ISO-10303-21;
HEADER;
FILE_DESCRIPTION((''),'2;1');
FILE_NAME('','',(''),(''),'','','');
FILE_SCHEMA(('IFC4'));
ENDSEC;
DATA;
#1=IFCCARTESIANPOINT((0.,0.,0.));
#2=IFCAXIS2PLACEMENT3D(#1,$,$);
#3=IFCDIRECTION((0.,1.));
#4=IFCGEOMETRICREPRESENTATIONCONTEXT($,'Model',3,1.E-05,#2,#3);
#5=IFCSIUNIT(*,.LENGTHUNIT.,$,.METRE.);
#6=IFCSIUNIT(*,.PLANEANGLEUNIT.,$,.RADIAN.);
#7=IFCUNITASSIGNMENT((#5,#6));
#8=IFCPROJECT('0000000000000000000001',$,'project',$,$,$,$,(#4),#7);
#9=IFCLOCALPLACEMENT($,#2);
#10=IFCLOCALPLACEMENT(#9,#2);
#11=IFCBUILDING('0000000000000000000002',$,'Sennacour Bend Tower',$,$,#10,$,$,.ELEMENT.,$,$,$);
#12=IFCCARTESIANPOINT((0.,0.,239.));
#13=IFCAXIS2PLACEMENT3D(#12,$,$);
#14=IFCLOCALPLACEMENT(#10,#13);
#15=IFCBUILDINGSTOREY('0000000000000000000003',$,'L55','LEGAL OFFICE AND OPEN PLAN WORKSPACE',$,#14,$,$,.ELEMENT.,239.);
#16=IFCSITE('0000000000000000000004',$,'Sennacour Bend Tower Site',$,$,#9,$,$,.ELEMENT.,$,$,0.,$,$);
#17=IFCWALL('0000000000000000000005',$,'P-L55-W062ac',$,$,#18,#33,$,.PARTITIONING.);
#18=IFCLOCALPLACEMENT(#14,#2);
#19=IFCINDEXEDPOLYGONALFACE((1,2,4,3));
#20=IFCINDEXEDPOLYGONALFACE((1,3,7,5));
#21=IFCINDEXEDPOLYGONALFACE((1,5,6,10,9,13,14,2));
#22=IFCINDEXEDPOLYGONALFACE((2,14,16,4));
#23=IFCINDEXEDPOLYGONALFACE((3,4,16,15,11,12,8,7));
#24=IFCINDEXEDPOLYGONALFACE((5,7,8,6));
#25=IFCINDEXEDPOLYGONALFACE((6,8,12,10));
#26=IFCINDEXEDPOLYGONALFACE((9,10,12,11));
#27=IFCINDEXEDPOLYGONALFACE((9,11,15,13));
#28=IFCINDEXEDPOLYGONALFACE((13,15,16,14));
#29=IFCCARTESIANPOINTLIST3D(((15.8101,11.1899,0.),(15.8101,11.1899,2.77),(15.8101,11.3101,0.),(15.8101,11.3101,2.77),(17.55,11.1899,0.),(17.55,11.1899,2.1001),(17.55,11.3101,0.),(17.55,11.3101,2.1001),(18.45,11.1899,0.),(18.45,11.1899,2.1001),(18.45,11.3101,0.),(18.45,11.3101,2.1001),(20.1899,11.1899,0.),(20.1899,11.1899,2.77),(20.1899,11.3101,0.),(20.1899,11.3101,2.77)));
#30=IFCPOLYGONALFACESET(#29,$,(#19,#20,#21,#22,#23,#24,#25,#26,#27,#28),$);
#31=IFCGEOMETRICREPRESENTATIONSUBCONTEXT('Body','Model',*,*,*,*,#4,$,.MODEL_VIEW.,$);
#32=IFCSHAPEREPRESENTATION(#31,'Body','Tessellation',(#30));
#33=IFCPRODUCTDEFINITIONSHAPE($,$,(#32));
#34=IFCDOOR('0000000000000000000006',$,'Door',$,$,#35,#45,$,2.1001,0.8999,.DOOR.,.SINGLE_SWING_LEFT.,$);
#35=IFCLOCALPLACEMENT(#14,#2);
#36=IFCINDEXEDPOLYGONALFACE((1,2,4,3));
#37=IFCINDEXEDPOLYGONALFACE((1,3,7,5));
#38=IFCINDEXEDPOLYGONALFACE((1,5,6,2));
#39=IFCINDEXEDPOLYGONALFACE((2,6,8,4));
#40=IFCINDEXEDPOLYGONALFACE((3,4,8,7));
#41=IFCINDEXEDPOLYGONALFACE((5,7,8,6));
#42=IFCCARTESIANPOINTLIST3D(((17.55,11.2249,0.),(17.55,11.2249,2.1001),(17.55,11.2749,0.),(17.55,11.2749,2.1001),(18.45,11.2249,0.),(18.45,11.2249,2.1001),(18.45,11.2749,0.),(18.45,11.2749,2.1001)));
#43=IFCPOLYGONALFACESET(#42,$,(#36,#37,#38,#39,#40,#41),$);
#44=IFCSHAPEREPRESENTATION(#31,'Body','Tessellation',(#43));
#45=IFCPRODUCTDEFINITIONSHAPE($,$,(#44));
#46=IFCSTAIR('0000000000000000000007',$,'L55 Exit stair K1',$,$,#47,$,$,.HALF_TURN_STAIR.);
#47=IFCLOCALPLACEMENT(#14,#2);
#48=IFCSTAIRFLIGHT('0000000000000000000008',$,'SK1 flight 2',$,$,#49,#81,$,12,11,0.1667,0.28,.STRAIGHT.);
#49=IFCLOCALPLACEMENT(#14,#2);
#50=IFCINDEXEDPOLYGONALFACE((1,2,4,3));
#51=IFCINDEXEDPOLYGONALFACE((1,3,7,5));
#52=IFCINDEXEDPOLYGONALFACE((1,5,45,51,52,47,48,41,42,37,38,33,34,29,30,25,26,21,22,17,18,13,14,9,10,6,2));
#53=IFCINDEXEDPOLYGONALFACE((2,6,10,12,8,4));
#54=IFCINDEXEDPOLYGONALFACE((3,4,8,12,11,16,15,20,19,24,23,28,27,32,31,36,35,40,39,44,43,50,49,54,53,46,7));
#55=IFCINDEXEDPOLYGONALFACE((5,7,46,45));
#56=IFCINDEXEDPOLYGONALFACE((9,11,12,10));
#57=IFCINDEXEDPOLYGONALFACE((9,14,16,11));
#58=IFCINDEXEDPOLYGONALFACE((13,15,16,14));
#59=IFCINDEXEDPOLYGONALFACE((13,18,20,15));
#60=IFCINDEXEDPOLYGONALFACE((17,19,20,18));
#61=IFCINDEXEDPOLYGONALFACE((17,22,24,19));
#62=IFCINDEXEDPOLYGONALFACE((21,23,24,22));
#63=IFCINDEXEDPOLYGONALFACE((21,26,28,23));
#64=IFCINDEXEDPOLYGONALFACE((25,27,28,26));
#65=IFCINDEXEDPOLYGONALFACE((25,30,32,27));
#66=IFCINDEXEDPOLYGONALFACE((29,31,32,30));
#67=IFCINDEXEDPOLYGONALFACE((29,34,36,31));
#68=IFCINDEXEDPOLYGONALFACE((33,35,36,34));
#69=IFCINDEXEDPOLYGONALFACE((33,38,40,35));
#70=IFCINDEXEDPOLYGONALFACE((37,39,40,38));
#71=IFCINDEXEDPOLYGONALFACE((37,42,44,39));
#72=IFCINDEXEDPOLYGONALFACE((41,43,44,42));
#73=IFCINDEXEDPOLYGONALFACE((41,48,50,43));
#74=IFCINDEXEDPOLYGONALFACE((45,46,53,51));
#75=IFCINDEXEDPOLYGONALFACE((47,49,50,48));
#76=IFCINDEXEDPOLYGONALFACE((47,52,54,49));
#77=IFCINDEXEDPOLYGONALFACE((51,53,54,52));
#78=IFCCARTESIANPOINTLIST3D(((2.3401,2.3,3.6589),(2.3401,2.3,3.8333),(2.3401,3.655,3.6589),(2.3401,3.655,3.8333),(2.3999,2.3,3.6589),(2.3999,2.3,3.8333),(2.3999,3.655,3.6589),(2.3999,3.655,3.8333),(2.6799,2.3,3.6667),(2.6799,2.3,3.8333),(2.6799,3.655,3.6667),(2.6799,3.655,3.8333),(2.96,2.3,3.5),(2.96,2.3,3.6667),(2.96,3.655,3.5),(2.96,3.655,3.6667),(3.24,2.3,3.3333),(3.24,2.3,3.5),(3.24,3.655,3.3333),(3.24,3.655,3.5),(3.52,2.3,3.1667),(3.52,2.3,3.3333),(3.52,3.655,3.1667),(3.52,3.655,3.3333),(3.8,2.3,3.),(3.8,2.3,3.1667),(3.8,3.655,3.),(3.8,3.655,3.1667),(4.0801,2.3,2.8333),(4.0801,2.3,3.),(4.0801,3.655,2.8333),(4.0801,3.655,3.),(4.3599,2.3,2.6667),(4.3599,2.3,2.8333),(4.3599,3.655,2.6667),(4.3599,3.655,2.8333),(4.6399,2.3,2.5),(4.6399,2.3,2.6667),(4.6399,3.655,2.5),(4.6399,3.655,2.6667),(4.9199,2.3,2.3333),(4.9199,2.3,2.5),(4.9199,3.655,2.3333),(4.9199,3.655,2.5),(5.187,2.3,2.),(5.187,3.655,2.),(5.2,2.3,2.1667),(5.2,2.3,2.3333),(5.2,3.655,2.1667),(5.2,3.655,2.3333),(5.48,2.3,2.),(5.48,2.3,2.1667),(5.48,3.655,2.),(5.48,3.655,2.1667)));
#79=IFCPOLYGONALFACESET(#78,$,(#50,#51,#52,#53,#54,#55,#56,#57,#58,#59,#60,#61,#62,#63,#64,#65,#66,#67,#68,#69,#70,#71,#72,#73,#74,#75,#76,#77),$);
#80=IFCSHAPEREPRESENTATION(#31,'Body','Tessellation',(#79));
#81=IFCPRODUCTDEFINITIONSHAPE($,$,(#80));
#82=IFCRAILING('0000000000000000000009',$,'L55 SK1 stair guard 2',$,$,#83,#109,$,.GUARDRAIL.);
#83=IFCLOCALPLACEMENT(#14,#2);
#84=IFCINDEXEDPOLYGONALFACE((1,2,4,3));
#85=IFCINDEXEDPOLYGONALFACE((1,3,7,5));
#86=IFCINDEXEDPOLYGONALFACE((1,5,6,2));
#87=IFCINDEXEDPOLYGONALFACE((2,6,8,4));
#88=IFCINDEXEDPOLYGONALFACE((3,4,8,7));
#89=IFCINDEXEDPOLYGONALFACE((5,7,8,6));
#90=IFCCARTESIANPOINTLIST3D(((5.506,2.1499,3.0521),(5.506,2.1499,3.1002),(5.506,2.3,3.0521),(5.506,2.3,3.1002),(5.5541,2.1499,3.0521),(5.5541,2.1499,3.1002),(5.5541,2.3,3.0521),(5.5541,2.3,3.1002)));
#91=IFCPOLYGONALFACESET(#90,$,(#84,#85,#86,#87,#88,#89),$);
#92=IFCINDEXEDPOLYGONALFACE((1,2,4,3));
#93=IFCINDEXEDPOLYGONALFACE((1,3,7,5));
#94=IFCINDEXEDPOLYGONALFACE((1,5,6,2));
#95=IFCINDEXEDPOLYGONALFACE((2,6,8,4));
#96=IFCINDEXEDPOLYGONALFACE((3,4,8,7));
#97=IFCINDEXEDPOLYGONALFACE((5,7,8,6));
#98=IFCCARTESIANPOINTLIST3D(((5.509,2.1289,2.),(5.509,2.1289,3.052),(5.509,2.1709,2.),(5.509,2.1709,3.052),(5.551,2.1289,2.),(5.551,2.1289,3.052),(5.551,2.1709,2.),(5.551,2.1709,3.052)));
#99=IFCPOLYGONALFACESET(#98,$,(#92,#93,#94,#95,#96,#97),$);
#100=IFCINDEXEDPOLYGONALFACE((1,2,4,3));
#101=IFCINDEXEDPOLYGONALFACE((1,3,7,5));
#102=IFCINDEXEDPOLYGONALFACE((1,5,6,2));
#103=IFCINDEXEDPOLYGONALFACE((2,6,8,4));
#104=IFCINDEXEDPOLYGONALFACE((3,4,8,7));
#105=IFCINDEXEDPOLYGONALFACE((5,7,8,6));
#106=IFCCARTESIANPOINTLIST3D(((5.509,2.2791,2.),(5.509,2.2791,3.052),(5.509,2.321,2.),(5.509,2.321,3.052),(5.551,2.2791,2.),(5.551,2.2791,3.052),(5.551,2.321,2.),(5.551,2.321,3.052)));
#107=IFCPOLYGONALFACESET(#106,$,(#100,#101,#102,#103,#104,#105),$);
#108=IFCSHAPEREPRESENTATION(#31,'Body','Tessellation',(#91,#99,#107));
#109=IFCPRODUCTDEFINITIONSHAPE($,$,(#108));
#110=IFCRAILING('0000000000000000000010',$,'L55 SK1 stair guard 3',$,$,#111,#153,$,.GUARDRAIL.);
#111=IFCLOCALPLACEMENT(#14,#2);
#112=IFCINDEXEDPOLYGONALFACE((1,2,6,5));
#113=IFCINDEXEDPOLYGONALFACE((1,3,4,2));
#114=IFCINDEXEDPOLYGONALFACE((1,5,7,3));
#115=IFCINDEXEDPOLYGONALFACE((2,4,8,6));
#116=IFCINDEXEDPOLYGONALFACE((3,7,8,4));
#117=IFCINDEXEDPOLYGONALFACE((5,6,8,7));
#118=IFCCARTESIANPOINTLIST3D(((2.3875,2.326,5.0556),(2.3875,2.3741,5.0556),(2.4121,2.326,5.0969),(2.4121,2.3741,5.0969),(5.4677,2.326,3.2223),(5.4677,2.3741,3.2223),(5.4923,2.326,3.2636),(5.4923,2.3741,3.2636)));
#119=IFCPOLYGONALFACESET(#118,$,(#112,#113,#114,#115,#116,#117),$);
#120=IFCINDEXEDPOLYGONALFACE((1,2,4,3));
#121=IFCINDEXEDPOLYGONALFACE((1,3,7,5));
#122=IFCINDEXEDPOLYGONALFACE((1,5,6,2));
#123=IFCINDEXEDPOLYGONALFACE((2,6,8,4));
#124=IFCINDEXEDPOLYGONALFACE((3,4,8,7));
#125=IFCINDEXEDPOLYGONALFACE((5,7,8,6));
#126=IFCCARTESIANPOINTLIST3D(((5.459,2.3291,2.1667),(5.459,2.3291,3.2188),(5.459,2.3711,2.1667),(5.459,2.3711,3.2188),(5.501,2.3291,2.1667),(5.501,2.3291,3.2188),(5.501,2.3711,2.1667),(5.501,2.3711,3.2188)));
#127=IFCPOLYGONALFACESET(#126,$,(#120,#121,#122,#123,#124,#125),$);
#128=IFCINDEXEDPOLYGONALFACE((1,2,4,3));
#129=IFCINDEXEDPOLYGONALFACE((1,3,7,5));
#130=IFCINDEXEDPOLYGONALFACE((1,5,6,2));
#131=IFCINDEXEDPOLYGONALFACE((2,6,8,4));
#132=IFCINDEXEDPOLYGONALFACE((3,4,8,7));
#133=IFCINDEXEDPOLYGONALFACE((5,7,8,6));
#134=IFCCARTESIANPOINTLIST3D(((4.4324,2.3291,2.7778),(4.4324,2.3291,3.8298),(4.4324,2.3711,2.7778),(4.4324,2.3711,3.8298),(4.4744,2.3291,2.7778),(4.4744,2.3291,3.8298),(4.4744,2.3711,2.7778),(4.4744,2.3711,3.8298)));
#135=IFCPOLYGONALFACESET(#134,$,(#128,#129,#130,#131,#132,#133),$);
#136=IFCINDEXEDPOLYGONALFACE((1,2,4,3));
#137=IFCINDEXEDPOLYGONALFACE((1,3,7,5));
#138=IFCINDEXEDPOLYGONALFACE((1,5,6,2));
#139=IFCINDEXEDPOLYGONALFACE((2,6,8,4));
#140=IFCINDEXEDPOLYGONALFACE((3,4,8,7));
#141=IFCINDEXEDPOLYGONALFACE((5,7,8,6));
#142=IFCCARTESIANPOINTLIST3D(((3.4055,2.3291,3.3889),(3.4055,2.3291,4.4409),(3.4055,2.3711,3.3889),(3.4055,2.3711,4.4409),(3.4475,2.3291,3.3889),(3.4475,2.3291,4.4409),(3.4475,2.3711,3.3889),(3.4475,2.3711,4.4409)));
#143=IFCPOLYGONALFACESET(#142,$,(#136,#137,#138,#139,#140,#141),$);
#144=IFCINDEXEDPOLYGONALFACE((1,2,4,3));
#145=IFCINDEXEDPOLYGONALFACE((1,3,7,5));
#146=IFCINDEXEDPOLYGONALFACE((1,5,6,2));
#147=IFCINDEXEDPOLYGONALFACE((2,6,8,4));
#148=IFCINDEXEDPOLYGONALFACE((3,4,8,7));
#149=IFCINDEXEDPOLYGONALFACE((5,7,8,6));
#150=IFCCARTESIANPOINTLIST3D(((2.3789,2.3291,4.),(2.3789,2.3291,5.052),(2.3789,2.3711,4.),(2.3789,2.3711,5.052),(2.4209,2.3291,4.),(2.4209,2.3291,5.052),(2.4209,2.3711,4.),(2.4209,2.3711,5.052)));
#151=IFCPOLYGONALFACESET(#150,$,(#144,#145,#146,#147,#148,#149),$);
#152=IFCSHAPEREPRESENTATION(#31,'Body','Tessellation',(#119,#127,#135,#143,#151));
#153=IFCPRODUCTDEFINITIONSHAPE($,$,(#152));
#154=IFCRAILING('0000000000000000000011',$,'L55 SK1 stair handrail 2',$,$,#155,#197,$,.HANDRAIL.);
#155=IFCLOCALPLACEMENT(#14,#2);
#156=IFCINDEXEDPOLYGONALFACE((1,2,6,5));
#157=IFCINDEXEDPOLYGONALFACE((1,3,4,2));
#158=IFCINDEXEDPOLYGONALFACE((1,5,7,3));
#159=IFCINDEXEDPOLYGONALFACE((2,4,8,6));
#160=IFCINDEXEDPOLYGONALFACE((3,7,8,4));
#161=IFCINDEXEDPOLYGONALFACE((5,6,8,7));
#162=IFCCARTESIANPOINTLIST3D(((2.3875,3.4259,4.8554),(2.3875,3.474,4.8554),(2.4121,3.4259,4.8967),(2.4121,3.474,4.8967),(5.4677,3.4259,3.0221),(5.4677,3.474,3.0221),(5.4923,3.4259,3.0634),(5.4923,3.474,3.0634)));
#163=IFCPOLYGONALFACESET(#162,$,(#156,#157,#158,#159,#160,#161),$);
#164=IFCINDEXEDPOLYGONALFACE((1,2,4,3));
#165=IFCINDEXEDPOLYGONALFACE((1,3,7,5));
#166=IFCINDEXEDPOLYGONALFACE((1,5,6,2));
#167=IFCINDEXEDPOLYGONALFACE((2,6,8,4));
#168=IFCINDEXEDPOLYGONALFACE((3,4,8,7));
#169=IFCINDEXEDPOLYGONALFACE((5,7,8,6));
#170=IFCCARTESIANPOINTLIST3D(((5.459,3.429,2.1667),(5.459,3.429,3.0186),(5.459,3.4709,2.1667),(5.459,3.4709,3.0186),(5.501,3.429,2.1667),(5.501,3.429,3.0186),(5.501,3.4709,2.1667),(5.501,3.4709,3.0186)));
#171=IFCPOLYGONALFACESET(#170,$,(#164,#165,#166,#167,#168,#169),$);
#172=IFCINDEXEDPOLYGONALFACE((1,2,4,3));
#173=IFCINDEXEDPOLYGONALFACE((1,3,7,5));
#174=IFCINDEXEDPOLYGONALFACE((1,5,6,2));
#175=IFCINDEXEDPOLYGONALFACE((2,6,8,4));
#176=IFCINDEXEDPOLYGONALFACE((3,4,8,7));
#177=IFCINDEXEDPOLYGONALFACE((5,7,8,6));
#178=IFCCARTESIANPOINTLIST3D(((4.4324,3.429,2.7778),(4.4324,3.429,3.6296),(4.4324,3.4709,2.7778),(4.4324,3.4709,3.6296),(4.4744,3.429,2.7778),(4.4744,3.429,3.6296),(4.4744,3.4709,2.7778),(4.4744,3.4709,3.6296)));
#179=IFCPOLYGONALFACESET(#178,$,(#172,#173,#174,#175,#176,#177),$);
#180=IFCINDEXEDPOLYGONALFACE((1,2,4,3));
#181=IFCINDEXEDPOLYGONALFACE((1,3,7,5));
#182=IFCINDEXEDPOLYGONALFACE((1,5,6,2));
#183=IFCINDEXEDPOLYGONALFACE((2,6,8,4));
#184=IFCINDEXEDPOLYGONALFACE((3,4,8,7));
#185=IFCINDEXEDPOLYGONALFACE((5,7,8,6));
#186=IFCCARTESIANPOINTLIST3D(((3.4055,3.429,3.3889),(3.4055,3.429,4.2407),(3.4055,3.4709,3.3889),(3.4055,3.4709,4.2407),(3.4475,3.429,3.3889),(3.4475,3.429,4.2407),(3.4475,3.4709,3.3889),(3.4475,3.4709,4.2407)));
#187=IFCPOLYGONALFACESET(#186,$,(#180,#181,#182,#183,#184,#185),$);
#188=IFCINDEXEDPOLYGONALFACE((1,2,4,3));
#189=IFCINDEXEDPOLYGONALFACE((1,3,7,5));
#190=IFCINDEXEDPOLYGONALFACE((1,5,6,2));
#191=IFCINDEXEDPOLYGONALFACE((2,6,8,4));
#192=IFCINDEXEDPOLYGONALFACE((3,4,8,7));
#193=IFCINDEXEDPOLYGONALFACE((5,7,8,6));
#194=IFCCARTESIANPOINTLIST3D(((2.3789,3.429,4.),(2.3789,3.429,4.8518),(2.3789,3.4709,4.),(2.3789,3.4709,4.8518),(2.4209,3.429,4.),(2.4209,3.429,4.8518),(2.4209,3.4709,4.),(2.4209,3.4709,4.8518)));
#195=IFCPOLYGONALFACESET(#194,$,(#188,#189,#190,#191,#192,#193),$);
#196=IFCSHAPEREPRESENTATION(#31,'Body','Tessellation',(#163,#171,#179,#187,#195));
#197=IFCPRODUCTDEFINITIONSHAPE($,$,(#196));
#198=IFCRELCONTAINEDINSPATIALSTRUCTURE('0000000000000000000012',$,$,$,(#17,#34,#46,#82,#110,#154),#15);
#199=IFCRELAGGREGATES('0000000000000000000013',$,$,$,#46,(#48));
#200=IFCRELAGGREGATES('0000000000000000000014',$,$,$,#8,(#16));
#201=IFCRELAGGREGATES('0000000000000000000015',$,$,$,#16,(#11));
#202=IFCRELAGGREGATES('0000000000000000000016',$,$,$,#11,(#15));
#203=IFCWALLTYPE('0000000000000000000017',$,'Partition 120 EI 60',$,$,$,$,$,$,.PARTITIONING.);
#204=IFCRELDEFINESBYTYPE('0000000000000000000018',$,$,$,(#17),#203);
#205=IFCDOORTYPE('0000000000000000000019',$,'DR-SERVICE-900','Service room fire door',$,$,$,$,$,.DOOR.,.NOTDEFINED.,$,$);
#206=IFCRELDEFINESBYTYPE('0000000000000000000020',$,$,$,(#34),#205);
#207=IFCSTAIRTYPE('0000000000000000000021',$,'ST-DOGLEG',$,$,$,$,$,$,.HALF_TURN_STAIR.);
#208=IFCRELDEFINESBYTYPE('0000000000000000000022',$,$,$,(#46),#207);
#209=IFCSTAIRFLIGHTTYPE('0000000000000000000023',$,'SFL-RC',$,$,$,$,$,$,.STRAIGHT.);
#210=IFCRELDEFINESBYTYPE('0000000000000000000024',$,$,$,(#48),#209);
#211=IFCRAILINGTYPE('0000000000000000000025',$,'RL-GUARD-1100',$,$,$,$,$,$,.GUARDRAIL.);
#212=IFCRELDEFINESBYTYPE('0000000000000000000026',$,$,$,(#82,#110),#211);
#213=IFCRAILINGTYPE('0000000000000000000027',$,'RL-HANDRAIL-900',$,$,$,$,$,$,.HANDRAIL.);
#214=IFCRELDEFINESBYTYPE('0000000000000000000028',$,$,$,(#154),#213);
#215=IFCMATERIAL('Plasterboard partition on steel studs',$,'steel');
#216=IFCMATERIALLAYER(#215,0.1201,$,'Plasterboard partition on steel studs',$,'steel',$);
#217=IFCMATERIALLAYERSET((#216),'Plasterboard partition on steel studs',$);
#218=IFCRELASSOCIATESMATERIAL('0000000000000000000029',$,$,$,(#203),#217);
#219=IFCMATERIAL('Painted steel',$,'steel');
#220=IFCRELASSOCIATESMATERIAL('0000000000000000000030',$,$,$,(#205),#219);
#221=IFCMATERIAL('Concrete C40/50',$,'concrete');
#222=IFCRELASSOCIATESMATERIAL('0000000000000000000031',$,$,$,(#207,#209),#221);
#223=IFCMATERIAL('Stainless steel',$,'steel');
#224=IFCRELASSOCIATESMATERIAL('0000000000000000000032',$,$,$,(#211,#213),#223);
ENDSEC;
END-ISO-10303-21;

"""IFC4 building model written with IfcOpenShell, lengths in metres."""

from ifc_helpers import new_model, si_unit, direction, frame, frame_2d, origin, origin_2d, place, context, subcontext, project, spatial, polyline, rectangle, outline, extrude, material, layer, layer_set, type_object, element, fill, aggregate, save


model = new_model("IFC4")

# Units and contexts
model_context = context("Model", 3, precision=1e-05, world=origin(), true_north=direction((0.0, 1.0)))
body_context = subcontext(model_context, "Body", "Model", "MODEL_VIEW")
ifc_project = project(units=[si_unit("LENGTHUNIT", "METRE"), si_unit("PLANEANGLEUNIT", "RADIAN")], contexts=[model_context])

# Site, building, storey
site_placement = place(None, origin())
site = spatial("IfcSite", under=ifc_project, at=site_placement, Name="Sennacour Bend Tower Site", CompositionType="ELEMENT", RefElevation=0.0)
building_placement = place(site_placement, origin())
building = spatial("IfcBuilding", under=site, at=building_placement, Name="Sennacour Bend Tower", CompositionType="ELEMENT")
storey_placement = place(building_placement, frame((0.0, 0.0, 239.0)))
storey = spatial("IfcBuildingStorey", under=building, at=storey_placement, Name="L55", Description="LEGAL OFFICE AND OPEN PLAN WORKSPACE", CompositionType="ELEMENT", Elevation=239.0)

# Shared definitions
ifc_material_1 = material(Name="Plasterboard partition on steel studs", Category="steel")

# Wall, opening, door
ifc_material_2 = material(Name="Painted steel", Category="steel")
ifc_layer_1 = layer(ifc_material_1, 0.1201, Name="Plasterboard partition on steel studs", Category="steel")
ifc_layer_set_1 = layer_set([ifc_layer_1], Name="Plasterboard partition on steel studs")
wall_type_1 = type_object("IfcWallType", Name="Partition 120 EI 60", PredefinedType="PARTITIONING", material=ifc_layer_set_1)
wall_1_placement = place(storey_placement, frame((15.8101, 11.25, 0.0), z_axis=(0.0, 0.0, 1.0), x_axis=(1.0, 0.0, 0.0)))
wall_1 = element("IfcWall", 1, at=wall_1_placement, inside=storey, type_object=wall_type_1, Name="P-L55-W062ac", PredefinedType="PARTITIONING", context=body_context, shape_type="SweptSolid", body=[
    extrude(rectangle(XDim=4.3799, YDim=0.1201, at=frame_2d((2.1899, 0.0))), origin(), (0.0, 0.0, 1.0), 2.77),
])
opening_1_placement = place(wall_1_placement, frame((1.74, 0.0, 0.0)))
opening_1 = element("IfcOpeningElement", 2, at=opening_1_placement, cuts=wall_1, PredefinedType="OPENING", context=body_context, shape_type="SweptSolid", body=[
    extrude(rectangle(XDim=0.8999, YDim=2.1001, at=frame_2d((0.45, 1.05))), frame((0.0, 0.0701, 0.0), z_axis=(0.0, -1.0, 0.0), x_axis=(1.0, 0.0, 0.0)), (0.0, 0.0, 1.0), 0.1401),
])
door_type_1 = type_object("IfcDoorType", Name="DR-SERVICE-900", Description="Service room fire door", OperationType="NOTDEFINED", PredefinedType="DOOR", material=ifc_material_2)
door_1_placement = place(opening_1_placement, origin())
door_1 = element("IfcDoor", 3, at=door_1_placement, inside=storey, type_object=door_type_1, Name="Door", OperationType="SINGLE_SWING_LEFT", OverallHeight=2.1001, OverallWidth=0.8999, PredefinedType="DOOR", context=body_context, shape_type="SweptSolid", body=[
    extrude(rectangle(XDim=0.8999, YDim=2.1001, at=frame_2d((0.45, 1.05))), frame((0.0, 0.0249, 0.0), z_axis=(0.0, -1.0, 0.0), x_axis=(1.0, 0.0, 0.0)), (0.0, 0.0, 1.0), 0.05),
])
fill(opening_1, door_1)

# Stair, stair flight
ifc_material_3 = material(Name="Concrete C40/50", Category="concrete")
stair_type = type_object("IfcStairType", Name="ST-DOGLEG", PredefinedType="HALF_TURN_STAIR", material=ifc_material_3)
stair_placement = place(storey_placement, origin())
stair = element("IfcStair", 4, at=stair_placement, inside=storey, type_object=stair_type, Name="L55 Exit stair K1", PredefinedType="HALF_TURN_STAIR")
stair_flight_type = type_object("IfcStairFlightType", Name="SFL-RC", PredefinedType="STRAIGHT", material=ifc_material_3)
stair_flight_placement = place(storey_placement, frame((5.48, 2.9775, 2.0), z_axis=(0.0, 0.0, 1.0), x_axis=(-1.0, 0.0, 0.0)))
stair_flight = element("IfcStairFlight", 5, at=stair_flight_placement, type_object=stair_flight_type, Name="SK1 flight 2", NumberOfRisers=12, NumberOfTreads=11, PredefinedType="STRAIGHT", RiserHeight=0.1667, TreadLength=0.28, context=body_context, shape_type="SweptSolid", body=[
    extrude(outline(polyline([(0.0, 0.0), (0.0, 0.1667), (0.28, 0.1667), (0.28, 0.3333), (0.5601, 0.3333), (0.5601, 0.5), (0.8401, 0.5), (0.8401, 0.6667), (1.1201, 0.6667), (1.1201, 0.8333), (1.3999, 0.8333), (1.3999, 1.0), (1.6799, 1.0), (1.6799, 1.1667), (1.96, 1.1667), (1.96, 1.3333), (2.24, 1.3333), (2.24, 1.5), (2.52, 1.5), (2.52, 1.6667), (2.8, 1.6667), (2.8, 1.8333), (3.0801, 1.8333), (3.1399, 1.8333), (3.1399, 1.6589), (3.0801, 1.6589), (0.293, 0.0), (0.0, 0.0)])), frame((0.0, 0.6775, 0.0), z_axis=(0.0, -1.0, 0.0), x_axis=(1.0, 0.0, 0.0)), (0.0, 0.0, 1.0), 1.355),
])
aggregate(stair, [stair_flight])

# Railings
ifc_material_4 = material(Name="Stainless steel", Category="steel")
railing_type_1 = type_object("IfcRailingType", Name="RL-GUARD-1100", PredefinedType="GUARDRAIL", material=ifc_material_4)
railing_1_placement = place(storey_placement, frame((5.53, 2.1499, 2.0)))
element("IfcRailing", 6, at=railing_1_placement, inside=storey, type_object=railing_type_1, Name="L55 SK1 stair guard 2", PredefinedType="GUARDRAIL", context=body_context, shape_type="SweptSolid", body=[
    extrude(rectangle(XDim=0.0481, YDim=0.0481, at=origin_2d()), frame((0.0, 0.0, 1.0762), z_axis=(0.0, 1.0, 0.0), x_axis=(-1.0, 0.0, 0.0)), (0.0, 0.0, 1.0), 0.1501),
    extrude(rectangle(XDim=0.042, YDim=0.042, at=origin_2d()), origin(), (0.0, 0.0, 1.0), 1.052),
    extrude(rectangle(XDim=0.042, YDim=0.042, at=origin_2d()), frame((0.0, 0.1501, 0.0)), (0.0, 0.0, 1.0), 1.052),
])
railing_2_placement = place(storey_placement, frame((5.48, 2.3501, 2.1667)))
element("IfcRailing", 7, at=railing_2_placement, inside=storey, type_object=railing_type_1, Name="L55 SK1 stair guard 3", PredefinedType="GUARDRAIL", context=body_context, shape_type="SweptSolid", body=[
    extrude(rectangle(XDim=0.0481, YDim=0.0481, at=origin_2d()), frame((0.0, 0.0, 1.0762), z_axis=(-0.859309, 0.0, 0.511458), x_axis=(0.0, -1.0, 0.0)), (0.0, 0.0, 1.0), 3.5845),
    extrude(rectangle(XDim=0.042, YDim=0.042, at=origin_2d()), origin(), (0.0, 0.0, 1.0), 1.052),
    extrude(rectangle(XDim=0.042, YDim=0.042, at=origin_2d()), frame((-1.0266, 0.0, 0.6111)), (0.0, 0.0, 1.0), 1.052),
    extrude(rectangle(XDim=0.042, YDim=0.042, at=origin_2d()), frame((-2.0535, 0.0, 1.2222)), (0.0, 0.0, 1.0), 1.052),
    extrude(rectangle(XDim=0.042, YDim=0.042, at=origin_2d()), frame((-3.0801, 0.0, 1.8333)), (0.0, 0.0, 1.0), 1.052),
])
railing_type_2 = type_object("IfcRailingType", Name="RL-HANDRAIL-900", PredefinedType="HANDRAIL", material=ifc_material_4)
railing_3_placement = place(storey_placement, frame((5.48, 3.45, 2.1667)))
element("IfcRailing", 8, at=railing_3_placement, inside=storey, type_object=railing_type_2, Name="L55 SK1 stair handrail 2", PredefinedType="HANDRAIL", context=body_context, shape_type="SweptSolid", body=[
    extrude(rectangle(XDim=0.0481, YDim=0.0481, at=origin_2d()), frame((0.0, 0.0, 0.876), z_axis=(-0.859309, 0.0, 0.511458), x_axis=(0.0, -1.0, 0.0)), (0.0, 0.0, 1.0), 3.5845),
    extrude(rectangle(XDim=0.042, YDim=0.042, at=origin_2d()), origin(), (0.0, 0.0, 1.0), 0.8518),
    extrude(rectangle(XDim=0.042, YDim=0.042, at=origin_2d()), frame((-1.0266, 0.0, 0.6111)), (0.0, 0.0, 1.0), 0.8518),
    extrude(rectangle(XDim=0.042, YDim=0.042, at=origin_2d()), frame((-2.0535, 0.0, 1.2222)), (0.0, 0.0, 1.0), 0.8518),
    extrude(rectangle(XDim=0.042, YDim=0.042, at=origin_2d()), frame((-3.0801, 0.0, 1.8333)), (0.0, 0.0, 1.0), 0.8518),
])

save(model, "model.ifc")
